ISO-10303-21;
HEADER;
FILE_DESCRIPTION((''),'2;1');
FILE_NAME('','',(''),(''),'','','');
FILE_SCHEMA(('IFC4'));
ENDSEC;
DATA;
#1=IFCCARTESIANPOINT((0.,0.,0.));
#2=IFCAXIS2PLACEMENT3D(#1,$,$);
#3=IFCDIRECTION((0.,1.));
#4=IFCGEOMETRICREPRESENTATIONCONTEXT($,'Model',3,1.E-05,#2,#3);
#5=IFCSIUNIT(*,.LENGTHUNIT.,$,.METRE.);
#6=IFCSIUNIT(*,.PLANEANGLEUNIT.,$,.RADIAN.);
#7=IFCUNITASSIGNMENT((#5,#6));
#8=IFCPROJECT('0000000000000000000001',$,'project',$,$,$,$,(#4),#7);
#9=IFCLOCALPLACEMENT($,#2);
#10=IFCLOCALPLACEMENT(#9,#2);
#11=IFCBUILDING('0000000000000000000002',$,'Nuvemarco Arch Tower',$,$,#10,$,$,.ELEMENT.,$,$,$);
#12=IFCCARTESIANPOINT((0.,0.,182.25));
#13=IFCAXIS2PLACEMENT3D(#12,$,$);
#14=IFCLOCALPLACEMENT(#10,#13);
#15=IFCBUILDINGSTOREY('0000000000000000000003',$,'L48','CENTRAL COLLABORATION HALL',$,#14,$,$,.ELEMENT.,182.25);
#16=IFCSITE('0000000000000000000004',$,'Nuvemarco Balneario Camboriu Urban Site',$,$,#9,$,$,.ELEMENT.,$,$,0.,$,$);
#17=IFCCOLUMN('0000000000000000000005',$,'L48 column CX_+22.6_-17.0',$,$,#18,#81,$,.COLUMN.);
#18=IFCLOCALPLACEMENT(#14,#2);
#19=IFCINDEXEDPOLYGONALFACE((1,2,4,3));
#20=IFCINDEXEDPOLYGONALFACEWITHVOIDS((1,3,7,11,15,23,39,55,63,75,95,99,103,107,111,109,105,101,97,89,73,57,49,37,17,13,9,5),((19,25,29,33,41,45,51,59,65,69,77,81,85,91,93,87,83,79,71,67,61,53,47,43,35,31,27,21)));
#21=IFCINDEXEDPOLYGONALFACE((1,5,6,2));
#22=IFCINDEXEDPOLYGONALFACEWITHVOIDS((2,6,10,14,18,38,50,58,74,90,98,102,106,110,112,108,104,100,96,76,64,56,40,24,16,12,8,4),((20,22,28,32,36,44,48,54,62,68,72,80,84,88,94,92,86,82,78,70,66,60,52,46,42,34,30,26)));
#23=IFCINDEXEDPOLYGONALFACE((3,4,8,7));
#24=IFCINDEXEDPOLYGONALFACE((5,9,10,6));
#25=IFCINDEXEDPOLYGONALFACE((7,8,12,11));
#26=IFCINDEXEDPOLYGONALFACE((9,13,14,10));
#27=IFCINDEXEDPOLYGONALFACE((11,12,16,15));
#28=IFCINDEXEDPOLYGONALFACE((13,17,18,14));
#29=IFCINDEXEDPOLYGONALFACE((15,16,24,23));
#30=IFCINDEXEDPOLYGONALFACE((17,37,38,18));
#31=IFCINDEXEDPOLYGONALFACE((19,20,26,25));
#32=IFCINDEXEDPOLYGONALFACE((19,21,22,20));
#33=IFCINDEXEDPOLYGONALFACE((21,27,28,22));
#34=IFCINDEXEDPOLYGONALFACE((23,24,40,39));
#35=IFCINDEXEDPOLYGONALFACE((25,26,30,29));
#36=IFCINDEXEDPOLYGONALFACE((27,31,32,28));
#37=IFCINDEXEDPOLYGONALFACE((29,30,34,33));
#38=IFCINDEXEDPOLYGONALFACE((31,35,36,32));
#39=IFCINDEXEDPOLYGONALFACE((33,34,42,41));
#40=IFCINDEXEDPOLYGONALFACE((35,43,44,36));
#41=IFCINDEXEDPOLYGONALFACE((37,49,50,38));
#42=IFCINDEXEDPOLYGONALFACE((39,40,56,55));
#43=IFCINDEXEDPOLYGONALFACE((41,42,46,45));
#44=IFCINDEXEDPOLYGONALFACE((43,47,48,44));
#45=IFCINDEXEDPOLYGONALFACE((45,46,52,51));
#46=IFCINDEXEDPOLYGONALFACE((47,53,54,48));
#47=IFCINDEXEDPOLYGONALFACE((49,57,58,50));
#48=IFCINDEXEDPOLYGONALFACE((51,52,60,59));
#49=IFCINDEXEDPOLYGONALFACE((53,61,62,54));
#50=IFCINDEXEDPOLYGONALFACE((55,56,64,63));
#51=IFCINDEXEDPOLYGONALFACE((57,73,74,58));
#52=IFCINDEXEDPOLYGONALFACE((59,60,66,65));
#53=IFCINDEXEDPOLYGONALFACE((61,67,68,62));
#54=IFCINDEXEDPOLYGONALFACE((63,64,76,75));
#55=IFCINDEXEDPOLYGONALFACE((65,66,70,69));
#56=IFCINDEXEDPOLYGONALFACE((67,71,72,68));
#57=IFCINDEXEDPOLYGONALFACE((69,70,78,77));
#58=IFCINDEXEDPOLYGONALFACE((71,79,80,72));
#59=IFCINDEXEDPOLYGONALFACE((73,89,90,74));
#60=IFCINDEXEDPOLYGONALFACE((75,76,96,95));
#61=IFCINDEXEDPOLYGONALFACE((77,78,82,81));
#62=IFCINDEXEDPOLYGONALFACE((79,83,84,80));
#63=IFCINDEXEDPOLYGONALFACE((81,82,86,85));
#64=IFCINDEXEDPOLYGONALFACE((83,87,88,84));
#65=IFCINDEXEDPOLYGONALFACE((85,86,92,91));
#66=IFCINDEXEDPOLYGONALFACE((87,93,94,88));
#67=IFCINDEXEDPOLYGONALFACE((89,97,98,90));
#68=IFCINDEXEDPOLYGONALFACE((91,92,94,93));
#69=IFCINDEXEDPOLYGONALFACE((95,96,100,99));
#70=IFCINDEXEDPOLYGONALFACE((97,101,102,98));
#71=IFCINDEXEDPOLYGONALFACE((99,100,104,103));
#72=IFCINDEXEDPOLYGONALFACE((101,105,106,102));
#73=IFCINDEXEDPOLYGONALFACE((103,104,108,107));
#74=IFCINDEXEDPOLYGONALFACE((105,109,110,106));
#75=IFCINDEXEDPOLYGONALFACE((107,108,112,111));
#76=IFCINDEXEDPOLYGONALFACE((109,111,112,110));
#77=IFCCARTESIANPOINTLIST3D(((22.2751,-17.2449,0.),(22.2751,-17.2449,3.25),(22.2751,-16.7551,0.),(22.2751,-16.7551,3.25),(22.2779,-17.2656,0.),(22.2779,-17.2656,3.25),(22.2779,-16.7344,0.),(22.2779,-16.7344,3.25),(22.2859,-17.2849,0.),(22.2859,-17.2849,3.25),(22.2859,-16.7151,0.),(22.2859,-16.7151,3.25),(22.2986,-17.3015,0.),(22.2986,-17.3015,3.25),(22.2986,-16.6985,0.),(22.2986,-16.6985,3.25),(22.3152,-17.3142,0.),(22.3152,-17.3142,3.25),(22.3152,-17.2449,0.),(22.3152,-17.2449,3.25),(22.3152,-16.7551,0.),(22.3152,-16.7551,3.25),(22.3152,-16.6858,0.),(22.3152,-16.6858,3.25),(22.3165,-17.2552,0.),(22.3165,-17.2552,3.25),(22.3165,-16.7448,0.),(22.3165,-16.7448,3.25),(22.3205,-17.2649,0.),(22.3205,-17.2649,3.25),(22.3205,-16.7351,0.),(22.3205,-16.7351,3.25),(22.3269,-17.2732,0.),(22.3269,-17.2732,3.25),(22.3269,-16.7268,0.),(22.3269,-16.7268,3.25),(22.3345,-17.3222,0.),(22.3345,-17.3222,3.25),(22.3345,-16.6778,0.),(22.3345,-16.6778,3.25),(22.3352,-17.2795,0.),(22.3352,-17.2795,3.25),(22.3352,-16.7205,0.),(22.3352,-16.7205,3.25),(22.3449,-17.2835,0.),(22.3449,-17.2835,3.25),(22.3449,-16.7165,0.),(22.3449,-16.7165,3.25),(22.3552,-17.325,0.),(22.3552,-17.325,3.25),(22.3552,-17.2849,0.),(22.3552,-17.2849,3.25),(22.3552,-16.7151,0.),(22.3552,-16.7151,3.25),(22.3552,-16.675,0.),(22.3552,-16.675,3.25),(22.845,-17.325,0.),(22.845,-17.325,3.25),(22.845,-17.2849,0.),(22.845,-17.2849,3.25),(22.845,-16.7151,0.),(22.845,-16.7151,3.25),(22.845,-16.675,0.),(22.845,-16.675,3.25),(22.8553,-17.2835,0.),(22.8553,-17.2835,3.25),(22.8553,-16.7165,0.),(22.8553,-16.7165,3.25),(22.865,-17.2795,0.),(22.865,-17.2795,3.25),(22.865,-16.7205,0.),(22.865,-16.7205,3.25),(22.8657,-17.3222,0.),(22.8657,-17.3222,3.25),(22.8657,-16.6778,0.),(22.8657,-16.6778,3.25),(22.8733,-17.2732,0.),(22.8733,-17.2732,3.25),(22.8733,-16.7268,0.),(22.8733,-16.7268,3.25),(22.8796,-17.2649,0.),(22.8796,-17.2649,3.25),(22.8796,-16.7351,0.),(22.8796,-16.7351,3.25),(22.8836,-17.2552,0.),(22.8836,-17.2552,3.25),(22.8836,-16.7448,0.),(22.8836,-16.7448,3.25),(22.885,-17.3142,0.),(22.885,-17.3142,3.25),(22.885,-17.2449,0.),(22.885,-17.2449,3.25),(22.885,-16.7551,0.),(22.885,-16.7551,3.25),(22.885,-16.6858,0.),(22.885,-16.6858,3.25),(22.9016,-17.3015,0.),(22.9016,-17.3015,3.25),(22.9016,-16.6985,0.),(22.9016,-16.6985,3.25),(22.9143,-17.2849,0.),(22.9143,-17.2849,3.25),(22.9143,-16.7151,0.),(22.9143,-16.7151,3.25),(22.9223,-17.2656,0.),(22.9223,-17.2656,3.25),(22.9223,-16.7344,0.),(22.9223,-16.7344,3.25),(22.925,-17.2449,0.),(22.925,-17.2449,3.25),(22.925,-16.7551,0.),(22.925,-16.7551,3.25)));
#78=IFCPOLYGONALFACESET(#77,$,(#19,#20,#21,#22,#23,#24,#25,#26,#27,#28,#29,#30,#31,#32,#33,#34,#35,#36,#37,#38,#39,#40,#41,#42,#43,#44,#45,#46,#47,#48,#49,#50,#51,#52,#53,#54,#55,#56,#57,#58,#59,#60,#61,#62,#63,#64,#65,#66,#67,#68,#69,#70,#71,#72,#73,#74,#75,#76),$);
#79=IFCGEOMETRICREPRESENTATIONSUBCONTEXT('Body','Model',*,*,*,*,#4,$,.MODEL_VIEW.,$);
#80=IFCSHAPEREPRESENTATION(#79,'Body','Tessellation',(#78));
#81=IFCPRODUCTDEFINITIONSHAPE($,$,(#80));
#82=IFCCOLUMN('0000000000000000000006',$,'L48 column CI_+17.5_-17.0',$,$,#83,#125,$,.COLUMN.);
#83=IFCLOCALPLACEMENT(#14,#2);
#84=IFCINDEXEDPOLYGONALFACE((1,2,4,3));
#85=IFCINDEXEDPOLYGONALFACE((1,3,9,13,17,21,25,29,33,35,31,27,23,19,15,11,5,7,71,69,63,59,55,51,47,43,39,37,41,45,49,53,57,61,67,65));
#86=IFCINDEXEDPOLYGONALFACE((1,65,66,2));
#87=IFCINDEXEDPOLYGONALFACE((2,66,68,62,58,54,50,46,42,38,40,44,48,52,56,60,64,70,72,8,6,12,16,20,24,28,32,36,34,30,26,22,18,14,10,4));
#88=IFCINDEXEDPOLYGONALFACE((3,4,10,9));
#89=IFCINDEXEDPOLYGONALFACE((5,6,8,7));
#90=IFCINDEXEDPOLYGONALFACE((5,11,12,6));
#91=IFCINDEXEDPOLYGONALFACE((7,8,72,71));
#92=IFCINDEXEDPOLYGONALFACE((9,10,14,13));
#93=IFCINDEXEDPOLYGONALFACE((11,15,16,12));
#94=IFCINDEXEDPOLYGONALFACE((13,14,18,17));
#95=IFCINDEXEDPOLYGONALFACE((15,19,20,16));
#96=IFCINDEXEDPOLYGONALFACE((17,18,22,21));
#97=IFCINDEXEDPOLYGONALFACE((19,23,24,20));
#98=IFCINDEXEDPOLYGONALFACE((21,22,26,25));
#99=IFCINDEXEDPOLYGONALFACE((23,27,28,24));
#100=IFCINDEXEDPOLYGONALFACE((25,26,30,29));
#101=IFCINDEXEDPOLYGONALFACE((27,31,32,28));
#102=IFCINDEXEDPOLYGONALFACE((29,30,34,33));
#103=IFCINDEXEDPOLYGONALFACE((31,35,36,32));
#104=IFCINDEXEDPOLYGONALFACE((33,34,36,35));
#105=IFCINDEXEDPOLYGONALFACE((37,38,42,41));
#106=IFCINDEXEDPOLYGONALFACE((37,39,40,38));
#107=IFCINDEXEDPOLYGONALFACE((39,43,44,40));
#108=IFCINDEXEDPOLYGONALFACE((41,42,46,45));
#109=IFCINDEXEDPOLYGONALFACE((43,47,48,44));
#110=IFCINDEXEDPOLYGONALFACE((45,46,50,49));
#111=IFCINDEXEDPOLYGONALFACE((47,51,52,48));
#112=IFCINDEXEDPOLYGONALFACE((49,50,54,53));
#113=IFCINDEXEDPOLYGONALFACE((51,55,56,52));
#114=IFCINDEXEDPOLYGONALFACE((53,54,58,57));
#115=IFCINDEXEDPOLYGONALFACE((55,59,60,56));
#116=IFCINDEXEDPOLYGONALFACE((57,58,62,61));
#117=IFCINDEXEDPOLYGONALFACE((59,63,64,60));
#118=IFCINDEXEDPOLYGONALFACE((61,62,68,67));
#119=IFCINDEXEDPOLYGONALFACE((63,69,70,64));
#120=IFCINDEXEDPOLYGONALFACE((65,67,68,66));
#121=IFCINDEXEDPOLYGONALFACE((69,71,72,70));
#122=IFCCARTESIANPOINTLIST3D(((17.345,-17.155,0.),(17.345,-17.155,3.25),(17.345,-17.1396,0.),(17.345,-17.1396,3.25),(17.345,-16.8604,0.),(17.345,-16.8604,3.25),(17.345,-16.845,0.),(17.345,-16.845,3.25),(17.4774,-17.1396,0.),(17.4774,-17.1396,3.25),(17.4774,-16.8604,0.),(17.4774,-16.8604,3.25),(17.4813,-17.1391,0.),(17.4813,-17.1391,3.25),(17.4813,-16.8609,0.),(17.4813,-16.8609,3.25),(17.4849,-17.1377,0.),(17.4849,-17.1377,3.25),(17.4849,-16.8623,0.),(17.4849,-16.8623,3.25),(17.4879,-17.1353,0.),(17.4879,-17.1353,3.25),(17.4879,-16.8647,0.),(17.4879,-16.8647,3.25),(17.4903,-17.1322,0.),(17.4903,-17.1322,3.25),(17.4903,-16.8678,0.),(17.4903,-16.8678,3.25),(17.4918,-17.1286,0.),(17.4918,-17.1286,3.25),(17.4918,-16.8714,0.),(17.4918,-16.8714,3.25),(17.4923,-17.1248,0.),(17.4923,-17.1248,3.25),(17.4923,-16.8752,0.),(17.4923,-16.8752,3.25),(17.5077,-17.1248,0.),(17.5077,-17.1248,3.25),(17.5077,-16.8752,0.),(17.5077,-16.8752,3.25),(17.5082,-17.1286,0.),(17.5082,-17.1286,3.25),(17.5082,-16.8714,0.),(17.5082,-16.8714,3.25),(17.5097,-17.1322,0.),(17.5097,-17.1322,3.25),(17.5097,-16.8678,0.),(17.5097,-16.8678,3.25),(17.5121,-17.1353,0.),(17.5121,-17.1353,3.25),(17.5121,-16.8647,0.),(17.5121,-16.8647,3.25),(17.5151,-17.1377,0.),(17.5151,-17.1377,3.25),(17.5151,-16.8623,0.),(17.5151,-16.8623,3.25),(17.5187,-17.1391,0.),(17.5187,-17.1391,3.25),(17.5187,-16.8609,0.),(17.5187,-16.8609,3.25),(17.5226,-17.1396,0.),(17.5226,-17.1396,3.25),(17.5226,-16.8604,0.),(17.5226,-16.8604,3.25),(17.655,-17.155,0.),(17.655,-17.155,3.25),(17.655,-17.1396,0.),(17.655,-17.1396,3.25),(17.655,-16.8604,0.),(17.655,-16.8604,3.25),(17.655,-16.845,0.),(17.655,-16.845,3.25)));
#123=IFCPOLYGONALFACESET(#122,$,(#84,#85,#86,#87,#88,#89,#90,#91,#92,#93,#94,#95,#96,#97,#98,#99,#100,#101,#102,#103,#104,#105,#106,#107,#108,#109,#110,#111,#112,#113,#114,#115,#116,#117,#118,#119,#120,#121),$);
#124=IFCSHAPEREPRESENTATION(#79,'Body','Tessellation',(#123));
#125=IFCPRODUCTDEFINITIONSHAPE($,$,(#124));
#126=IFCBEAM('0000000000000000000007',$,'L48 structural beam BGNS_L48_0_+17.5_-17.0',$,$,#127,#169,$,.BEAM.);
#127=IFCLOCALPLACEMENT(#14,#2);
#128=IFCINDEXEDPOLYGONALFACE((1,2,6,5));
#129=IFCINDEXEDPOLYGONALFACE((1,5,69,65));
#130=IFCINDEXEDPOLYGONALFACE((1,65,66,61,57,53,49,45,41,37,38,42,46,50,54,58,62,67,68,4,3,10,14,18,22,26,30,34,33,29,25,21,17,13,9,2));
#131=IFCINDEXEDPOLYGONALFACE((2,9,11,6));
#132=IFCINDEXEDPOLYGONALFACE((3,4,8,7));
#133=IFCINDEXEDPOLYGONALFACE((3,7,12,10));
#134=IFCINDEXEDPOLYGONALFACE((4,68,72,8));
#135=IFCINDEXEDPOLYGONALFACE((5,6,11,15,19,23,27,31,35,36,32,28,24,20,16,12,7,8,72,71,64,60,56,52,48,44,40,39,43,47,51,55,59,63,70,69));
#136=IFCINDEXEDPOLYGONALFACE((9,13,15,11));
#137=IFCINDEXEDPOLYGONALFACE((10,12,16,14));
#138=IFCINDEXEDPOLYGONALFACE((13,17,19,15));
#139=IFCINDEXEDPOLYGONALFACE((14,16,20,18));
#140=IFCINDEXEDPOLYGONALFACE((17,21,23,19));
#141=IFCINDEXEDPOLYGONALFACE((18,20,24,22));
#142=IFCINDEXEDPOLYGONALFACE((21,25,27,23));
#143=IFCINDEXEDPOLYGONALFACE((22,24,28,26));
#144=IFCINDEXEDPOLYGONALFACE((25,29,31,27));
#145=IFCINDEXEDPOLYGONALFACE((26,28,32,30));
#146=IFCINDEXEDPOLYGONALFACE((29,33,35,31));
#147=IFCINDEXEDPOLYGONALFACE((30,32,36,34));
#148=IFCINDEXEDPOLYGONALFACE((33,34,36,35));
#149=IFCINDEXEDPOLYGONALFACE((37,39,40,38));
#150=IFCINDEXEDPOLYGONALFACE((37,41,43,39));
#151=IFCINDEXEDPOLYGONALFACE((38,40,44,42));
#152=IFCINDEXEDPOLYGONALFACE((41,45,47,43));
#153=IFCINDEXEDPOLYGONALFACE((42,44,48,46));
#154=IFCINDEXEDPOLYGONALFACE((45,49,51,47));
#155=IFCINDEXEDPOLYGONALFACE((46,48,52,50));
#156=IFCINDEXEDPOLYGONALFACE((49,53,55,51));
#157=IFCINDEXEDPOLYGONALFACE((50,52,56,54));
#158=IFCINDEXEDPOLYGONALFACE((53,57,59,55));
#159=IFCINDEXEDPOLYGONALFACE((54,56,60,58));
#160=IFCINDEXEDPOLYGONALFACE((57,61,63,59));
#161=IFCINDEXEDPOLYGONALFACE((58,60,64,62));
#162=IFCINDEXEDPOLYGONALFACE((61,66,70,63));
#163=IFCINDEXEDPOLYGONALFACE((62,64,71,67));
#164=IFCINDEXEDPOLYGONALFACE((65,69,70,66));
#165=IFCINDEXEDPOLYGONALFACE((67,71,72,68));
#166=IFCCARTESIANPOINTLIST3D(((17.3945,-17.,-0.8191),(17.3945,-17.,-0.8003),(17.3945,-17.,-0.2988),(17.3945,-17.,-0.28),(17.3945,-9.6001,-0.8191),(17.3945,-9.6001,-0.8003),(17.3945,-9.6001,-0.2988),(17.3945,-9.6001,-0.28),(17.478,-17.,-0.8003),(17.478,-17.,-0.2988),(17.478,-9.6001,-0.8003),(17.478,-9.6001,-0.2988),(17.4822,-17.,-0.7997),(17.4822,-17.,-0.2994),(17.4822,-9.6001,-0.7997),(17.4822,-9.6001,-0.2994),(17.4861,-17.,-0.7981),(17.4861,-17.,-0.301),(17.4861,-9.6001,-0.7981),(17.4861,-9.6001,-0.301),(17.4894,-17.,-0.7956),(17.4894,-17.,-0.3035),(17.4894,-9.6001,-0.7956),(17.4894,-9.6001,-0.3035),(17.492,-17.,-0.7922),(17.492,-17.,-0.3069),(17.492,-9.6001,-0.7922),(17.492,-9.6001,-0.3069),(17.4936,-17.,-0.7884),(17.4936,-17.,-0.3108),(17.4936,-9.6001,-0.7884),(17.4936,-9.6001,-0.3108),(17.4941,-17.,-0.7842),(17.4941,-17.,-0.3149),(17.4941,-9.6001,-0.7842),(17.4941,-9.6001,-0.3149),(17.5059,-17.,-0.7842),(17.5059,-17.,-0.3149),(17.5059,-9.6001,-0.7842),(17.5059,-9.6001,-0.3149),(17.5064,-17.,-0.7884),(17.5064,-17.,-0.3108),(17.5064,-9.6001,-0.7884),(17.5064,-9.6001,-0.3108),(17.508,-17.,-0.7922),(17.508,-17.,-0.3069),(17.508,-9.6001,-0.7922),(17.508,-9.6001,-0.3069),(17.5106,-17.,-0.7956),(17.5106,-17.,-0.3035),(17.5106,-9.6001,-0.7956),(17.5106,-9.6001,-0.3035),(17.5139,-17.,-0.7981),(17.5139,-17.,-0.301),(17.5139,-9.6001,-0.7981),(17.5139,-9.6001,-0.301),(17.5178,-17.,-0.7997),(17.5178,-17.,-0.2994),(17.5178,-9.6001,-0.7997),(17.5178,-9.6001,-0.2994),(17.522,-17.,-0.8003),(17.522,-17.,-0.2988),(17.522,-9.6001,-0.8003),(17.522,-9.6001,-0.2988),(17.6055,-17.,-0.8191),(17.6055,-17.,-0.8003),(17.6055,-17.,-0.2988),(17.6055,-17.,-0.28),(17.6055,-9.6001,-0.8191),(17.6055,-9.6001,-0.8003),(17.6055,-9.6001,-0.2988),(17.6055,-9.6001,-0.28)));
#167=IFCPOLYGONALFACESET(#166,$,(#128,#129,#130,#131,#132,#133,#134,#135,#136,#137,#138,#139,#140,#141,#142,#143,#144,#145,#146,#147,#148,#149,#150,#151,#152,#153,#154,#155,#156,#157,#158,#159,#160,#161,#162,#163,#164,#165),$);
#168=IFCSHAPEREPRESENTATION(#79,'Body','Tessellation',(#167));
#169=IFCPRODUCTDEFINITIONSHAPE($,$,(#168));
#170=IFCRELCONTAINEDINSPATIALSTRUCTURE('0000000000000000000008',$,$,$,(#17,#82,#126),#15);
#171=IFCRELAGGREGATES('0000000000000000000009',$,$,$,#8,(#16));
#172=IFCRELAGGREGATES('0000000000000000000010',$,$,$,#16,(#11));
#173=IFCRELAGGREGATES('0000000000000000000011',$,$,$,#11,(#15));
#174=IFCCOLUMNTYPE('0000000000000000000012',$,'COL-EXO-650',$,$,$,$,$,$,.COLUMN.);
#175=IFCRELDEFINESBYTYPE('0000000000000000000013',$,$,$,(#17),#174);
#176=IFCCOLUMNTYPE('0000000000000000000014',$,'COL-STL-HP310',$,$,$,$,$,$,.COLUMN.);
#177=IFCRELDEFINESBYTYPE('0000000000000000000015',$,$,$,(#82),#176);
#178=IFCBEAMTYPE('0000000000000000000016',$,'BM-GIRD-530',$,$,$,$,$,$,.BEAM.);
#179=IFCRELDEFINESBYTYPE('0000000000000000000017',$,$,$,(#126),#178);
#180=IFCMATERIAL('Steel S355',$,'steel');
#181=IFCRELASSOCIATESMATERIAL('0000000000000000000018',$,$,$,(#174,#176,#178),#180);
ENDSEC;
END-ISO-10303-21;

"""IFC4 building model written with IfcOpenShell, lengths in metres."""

from ifc_helpers import new_model, si_unit, direction, frame, origin, origin_2d, place, context, subcontext, project, spatial, hollow_rectangle, i_section, extrude, material, material_profile, profile_set, type_object, element, save


model = new_model("IFC4")

# Units and contexts
model_context = context("Model", 3, precision=1e-05, world=origin(), true_north=direction((0.0, 1.0)))
body_context = subcontext(model_context, "Body", "Model", "MODEL_VIEW")
ifc_project = project(units=[si_unit("LENGTHUNIT", "METRE"), si_unit("PLANEANGLEUNIT", "RADIAN")], contexts=[model_context])

# Site, building, storey
site_placement = place(None, origin())
site = spatial("IfcSite", under=ifc_project, at=site_placement, Name="Nuvemarco Balneario Camboriu Urban Site", CompositionType="ELEMENT", RefElevation=0.0)
building_placement = place(site_placement, origin())
building = spatial("IfcBuilding", under=site, at=building_placement, Name="Nuvemarco Arch Tower", CompositionType="ELEMENT")
storey_placement = place(building_placement, frame((0.0, 0.0, 182.25)))
storey = spatial("IfcBuildingStorey", under=building, at=storey_placement, Name="L48", Description="CENTRAL COLLABORATION HALL", CompositionType="ELEMENT", Elevation=182.25)

# Columns
ifc_material_1 = material(Name="Steel S355", Category="steel")
ifc_material_profile_1 = material_profile(ifc_material_1, hollow_rectangle(XDim=0.6499, YDim=0.6499, WallThickness=0.04, InnerFilletRadius=0.04, OuterFilletRadius=0.0801, at=origin_2d()), Name="SHS650x650x40")
ifc_profile_set_1 = profile_set([ifc_material_profile_1], Name="Steel S355")
column_type_1 = type_object("IfcColumnType", Name="COL-EXO-650", PredefinedType="COLUMN", material=ifc_profile_set_1)
column_1_placement = place(storey_placement, frame((22.6001, -17.0, 0.0), z_axis=(0.0, 0.0, 1.0), x_axis=(1.0, 0.0, 0.0)))
element("IfcColumn", 1, at=column_1_placement, inside=storey, type_object=column_type_1, Name="L48 column CX_+22.6_-17.0", PredefinedType="COLUMN", context=body_context, shape_type="SweptSolid", body=[
    extrude(hollow_rectangle(XDim=0.6499, YDim=0.6499, WallThickness=0.04, InnerFilletRadius=0.04, OuterFilletRadius=0.0801, at=origin_2d()), origin(), (0.0, 0.0, 1.0), 3.25),
])
ifc_material_profile_2 = material_profile(ifc_material_1, i_section(OverallWidth=0.3101, OverallDepth=0.3101, WebThickness=0.0154, FlangeThickness=0.0154, FilletRadius=0.0149, at=origin_2d()), Name="HP310x110")
ifc_profile_set_2 = profile_set([ifc_material_profile_2], Name="Steel S355")
column_type_2 = type_object("IfcColumnType", Name="COL-STL-HP310", PredefinedType="COLUMN", material=ifc_profile_set_2)
column_2_placement = place(storey_placement, frame((17.5, -17.0, 0.0), z_axis=(0.0, 0.0, 1.0), x_axis=(1.0, 0.0, 0.0)))
element("IfcColumn", 2, at=column_2_placement, inside=storey, type_object=column_type_2, Name="L48 column CI_+17.5_-17.0", PredefinedType="COLUMN", context=body_context, shape_type="SweptSolid", body=[
    extrude(i_section(OverallWidth=0.3101, OverallDepth=0.3101, WebThickness=0.0154, FlangeThickness=0.0154, FilletRadius=0.0149, at=origin_2d()), origin(), (0.0, 0.0, 1.0), 3.25),
])

# Beam
ifc_material_profile_3 = material_profile(ifc_material_1, i_section(OverallWidth=0.2109, OverallDepth=0.5391, WebThickness=0.0117, FlangeThickness=0.0188, FilletRadius=0.0161, at=origin_2d()), Name="W530x109")
ifc_profile_set_3 = profile_set([ifc_material_profile_3], Name="Steel S355")
beam_type_1 = type_object("IfcBeamType", Name="BM-GIRD-530", PredefinedType="BEAM", material=ifc_profile_set_3)
beam_1_placement = place(storey_placement, frame((17.5, -17.0, -0.5496), z_axis=(0.0, 1.0, 0.0), x_axis=(-1.0, 0.0, 0.0)))
element("IfcBeam", 3, at=beam_1_placement, inside=storey, type_object=beam_type_1, Name="L48 structural beam BGNS_L48_0_+17.5_-17.0", PredefinedType="BEAM", context=body_context, shape_type="SweptSolid", body=[
    extrude(i_section(OverallWidth=0.2109, OverallDepth=0.5391, WebThickness=0.0117, FlangeThickness=0.0188, FilletRadius=0.0161, at=origin_2d()), origin(), (0.0, 0.0, 1.0), 7.3999),
])

save(model, "model.ifc")
